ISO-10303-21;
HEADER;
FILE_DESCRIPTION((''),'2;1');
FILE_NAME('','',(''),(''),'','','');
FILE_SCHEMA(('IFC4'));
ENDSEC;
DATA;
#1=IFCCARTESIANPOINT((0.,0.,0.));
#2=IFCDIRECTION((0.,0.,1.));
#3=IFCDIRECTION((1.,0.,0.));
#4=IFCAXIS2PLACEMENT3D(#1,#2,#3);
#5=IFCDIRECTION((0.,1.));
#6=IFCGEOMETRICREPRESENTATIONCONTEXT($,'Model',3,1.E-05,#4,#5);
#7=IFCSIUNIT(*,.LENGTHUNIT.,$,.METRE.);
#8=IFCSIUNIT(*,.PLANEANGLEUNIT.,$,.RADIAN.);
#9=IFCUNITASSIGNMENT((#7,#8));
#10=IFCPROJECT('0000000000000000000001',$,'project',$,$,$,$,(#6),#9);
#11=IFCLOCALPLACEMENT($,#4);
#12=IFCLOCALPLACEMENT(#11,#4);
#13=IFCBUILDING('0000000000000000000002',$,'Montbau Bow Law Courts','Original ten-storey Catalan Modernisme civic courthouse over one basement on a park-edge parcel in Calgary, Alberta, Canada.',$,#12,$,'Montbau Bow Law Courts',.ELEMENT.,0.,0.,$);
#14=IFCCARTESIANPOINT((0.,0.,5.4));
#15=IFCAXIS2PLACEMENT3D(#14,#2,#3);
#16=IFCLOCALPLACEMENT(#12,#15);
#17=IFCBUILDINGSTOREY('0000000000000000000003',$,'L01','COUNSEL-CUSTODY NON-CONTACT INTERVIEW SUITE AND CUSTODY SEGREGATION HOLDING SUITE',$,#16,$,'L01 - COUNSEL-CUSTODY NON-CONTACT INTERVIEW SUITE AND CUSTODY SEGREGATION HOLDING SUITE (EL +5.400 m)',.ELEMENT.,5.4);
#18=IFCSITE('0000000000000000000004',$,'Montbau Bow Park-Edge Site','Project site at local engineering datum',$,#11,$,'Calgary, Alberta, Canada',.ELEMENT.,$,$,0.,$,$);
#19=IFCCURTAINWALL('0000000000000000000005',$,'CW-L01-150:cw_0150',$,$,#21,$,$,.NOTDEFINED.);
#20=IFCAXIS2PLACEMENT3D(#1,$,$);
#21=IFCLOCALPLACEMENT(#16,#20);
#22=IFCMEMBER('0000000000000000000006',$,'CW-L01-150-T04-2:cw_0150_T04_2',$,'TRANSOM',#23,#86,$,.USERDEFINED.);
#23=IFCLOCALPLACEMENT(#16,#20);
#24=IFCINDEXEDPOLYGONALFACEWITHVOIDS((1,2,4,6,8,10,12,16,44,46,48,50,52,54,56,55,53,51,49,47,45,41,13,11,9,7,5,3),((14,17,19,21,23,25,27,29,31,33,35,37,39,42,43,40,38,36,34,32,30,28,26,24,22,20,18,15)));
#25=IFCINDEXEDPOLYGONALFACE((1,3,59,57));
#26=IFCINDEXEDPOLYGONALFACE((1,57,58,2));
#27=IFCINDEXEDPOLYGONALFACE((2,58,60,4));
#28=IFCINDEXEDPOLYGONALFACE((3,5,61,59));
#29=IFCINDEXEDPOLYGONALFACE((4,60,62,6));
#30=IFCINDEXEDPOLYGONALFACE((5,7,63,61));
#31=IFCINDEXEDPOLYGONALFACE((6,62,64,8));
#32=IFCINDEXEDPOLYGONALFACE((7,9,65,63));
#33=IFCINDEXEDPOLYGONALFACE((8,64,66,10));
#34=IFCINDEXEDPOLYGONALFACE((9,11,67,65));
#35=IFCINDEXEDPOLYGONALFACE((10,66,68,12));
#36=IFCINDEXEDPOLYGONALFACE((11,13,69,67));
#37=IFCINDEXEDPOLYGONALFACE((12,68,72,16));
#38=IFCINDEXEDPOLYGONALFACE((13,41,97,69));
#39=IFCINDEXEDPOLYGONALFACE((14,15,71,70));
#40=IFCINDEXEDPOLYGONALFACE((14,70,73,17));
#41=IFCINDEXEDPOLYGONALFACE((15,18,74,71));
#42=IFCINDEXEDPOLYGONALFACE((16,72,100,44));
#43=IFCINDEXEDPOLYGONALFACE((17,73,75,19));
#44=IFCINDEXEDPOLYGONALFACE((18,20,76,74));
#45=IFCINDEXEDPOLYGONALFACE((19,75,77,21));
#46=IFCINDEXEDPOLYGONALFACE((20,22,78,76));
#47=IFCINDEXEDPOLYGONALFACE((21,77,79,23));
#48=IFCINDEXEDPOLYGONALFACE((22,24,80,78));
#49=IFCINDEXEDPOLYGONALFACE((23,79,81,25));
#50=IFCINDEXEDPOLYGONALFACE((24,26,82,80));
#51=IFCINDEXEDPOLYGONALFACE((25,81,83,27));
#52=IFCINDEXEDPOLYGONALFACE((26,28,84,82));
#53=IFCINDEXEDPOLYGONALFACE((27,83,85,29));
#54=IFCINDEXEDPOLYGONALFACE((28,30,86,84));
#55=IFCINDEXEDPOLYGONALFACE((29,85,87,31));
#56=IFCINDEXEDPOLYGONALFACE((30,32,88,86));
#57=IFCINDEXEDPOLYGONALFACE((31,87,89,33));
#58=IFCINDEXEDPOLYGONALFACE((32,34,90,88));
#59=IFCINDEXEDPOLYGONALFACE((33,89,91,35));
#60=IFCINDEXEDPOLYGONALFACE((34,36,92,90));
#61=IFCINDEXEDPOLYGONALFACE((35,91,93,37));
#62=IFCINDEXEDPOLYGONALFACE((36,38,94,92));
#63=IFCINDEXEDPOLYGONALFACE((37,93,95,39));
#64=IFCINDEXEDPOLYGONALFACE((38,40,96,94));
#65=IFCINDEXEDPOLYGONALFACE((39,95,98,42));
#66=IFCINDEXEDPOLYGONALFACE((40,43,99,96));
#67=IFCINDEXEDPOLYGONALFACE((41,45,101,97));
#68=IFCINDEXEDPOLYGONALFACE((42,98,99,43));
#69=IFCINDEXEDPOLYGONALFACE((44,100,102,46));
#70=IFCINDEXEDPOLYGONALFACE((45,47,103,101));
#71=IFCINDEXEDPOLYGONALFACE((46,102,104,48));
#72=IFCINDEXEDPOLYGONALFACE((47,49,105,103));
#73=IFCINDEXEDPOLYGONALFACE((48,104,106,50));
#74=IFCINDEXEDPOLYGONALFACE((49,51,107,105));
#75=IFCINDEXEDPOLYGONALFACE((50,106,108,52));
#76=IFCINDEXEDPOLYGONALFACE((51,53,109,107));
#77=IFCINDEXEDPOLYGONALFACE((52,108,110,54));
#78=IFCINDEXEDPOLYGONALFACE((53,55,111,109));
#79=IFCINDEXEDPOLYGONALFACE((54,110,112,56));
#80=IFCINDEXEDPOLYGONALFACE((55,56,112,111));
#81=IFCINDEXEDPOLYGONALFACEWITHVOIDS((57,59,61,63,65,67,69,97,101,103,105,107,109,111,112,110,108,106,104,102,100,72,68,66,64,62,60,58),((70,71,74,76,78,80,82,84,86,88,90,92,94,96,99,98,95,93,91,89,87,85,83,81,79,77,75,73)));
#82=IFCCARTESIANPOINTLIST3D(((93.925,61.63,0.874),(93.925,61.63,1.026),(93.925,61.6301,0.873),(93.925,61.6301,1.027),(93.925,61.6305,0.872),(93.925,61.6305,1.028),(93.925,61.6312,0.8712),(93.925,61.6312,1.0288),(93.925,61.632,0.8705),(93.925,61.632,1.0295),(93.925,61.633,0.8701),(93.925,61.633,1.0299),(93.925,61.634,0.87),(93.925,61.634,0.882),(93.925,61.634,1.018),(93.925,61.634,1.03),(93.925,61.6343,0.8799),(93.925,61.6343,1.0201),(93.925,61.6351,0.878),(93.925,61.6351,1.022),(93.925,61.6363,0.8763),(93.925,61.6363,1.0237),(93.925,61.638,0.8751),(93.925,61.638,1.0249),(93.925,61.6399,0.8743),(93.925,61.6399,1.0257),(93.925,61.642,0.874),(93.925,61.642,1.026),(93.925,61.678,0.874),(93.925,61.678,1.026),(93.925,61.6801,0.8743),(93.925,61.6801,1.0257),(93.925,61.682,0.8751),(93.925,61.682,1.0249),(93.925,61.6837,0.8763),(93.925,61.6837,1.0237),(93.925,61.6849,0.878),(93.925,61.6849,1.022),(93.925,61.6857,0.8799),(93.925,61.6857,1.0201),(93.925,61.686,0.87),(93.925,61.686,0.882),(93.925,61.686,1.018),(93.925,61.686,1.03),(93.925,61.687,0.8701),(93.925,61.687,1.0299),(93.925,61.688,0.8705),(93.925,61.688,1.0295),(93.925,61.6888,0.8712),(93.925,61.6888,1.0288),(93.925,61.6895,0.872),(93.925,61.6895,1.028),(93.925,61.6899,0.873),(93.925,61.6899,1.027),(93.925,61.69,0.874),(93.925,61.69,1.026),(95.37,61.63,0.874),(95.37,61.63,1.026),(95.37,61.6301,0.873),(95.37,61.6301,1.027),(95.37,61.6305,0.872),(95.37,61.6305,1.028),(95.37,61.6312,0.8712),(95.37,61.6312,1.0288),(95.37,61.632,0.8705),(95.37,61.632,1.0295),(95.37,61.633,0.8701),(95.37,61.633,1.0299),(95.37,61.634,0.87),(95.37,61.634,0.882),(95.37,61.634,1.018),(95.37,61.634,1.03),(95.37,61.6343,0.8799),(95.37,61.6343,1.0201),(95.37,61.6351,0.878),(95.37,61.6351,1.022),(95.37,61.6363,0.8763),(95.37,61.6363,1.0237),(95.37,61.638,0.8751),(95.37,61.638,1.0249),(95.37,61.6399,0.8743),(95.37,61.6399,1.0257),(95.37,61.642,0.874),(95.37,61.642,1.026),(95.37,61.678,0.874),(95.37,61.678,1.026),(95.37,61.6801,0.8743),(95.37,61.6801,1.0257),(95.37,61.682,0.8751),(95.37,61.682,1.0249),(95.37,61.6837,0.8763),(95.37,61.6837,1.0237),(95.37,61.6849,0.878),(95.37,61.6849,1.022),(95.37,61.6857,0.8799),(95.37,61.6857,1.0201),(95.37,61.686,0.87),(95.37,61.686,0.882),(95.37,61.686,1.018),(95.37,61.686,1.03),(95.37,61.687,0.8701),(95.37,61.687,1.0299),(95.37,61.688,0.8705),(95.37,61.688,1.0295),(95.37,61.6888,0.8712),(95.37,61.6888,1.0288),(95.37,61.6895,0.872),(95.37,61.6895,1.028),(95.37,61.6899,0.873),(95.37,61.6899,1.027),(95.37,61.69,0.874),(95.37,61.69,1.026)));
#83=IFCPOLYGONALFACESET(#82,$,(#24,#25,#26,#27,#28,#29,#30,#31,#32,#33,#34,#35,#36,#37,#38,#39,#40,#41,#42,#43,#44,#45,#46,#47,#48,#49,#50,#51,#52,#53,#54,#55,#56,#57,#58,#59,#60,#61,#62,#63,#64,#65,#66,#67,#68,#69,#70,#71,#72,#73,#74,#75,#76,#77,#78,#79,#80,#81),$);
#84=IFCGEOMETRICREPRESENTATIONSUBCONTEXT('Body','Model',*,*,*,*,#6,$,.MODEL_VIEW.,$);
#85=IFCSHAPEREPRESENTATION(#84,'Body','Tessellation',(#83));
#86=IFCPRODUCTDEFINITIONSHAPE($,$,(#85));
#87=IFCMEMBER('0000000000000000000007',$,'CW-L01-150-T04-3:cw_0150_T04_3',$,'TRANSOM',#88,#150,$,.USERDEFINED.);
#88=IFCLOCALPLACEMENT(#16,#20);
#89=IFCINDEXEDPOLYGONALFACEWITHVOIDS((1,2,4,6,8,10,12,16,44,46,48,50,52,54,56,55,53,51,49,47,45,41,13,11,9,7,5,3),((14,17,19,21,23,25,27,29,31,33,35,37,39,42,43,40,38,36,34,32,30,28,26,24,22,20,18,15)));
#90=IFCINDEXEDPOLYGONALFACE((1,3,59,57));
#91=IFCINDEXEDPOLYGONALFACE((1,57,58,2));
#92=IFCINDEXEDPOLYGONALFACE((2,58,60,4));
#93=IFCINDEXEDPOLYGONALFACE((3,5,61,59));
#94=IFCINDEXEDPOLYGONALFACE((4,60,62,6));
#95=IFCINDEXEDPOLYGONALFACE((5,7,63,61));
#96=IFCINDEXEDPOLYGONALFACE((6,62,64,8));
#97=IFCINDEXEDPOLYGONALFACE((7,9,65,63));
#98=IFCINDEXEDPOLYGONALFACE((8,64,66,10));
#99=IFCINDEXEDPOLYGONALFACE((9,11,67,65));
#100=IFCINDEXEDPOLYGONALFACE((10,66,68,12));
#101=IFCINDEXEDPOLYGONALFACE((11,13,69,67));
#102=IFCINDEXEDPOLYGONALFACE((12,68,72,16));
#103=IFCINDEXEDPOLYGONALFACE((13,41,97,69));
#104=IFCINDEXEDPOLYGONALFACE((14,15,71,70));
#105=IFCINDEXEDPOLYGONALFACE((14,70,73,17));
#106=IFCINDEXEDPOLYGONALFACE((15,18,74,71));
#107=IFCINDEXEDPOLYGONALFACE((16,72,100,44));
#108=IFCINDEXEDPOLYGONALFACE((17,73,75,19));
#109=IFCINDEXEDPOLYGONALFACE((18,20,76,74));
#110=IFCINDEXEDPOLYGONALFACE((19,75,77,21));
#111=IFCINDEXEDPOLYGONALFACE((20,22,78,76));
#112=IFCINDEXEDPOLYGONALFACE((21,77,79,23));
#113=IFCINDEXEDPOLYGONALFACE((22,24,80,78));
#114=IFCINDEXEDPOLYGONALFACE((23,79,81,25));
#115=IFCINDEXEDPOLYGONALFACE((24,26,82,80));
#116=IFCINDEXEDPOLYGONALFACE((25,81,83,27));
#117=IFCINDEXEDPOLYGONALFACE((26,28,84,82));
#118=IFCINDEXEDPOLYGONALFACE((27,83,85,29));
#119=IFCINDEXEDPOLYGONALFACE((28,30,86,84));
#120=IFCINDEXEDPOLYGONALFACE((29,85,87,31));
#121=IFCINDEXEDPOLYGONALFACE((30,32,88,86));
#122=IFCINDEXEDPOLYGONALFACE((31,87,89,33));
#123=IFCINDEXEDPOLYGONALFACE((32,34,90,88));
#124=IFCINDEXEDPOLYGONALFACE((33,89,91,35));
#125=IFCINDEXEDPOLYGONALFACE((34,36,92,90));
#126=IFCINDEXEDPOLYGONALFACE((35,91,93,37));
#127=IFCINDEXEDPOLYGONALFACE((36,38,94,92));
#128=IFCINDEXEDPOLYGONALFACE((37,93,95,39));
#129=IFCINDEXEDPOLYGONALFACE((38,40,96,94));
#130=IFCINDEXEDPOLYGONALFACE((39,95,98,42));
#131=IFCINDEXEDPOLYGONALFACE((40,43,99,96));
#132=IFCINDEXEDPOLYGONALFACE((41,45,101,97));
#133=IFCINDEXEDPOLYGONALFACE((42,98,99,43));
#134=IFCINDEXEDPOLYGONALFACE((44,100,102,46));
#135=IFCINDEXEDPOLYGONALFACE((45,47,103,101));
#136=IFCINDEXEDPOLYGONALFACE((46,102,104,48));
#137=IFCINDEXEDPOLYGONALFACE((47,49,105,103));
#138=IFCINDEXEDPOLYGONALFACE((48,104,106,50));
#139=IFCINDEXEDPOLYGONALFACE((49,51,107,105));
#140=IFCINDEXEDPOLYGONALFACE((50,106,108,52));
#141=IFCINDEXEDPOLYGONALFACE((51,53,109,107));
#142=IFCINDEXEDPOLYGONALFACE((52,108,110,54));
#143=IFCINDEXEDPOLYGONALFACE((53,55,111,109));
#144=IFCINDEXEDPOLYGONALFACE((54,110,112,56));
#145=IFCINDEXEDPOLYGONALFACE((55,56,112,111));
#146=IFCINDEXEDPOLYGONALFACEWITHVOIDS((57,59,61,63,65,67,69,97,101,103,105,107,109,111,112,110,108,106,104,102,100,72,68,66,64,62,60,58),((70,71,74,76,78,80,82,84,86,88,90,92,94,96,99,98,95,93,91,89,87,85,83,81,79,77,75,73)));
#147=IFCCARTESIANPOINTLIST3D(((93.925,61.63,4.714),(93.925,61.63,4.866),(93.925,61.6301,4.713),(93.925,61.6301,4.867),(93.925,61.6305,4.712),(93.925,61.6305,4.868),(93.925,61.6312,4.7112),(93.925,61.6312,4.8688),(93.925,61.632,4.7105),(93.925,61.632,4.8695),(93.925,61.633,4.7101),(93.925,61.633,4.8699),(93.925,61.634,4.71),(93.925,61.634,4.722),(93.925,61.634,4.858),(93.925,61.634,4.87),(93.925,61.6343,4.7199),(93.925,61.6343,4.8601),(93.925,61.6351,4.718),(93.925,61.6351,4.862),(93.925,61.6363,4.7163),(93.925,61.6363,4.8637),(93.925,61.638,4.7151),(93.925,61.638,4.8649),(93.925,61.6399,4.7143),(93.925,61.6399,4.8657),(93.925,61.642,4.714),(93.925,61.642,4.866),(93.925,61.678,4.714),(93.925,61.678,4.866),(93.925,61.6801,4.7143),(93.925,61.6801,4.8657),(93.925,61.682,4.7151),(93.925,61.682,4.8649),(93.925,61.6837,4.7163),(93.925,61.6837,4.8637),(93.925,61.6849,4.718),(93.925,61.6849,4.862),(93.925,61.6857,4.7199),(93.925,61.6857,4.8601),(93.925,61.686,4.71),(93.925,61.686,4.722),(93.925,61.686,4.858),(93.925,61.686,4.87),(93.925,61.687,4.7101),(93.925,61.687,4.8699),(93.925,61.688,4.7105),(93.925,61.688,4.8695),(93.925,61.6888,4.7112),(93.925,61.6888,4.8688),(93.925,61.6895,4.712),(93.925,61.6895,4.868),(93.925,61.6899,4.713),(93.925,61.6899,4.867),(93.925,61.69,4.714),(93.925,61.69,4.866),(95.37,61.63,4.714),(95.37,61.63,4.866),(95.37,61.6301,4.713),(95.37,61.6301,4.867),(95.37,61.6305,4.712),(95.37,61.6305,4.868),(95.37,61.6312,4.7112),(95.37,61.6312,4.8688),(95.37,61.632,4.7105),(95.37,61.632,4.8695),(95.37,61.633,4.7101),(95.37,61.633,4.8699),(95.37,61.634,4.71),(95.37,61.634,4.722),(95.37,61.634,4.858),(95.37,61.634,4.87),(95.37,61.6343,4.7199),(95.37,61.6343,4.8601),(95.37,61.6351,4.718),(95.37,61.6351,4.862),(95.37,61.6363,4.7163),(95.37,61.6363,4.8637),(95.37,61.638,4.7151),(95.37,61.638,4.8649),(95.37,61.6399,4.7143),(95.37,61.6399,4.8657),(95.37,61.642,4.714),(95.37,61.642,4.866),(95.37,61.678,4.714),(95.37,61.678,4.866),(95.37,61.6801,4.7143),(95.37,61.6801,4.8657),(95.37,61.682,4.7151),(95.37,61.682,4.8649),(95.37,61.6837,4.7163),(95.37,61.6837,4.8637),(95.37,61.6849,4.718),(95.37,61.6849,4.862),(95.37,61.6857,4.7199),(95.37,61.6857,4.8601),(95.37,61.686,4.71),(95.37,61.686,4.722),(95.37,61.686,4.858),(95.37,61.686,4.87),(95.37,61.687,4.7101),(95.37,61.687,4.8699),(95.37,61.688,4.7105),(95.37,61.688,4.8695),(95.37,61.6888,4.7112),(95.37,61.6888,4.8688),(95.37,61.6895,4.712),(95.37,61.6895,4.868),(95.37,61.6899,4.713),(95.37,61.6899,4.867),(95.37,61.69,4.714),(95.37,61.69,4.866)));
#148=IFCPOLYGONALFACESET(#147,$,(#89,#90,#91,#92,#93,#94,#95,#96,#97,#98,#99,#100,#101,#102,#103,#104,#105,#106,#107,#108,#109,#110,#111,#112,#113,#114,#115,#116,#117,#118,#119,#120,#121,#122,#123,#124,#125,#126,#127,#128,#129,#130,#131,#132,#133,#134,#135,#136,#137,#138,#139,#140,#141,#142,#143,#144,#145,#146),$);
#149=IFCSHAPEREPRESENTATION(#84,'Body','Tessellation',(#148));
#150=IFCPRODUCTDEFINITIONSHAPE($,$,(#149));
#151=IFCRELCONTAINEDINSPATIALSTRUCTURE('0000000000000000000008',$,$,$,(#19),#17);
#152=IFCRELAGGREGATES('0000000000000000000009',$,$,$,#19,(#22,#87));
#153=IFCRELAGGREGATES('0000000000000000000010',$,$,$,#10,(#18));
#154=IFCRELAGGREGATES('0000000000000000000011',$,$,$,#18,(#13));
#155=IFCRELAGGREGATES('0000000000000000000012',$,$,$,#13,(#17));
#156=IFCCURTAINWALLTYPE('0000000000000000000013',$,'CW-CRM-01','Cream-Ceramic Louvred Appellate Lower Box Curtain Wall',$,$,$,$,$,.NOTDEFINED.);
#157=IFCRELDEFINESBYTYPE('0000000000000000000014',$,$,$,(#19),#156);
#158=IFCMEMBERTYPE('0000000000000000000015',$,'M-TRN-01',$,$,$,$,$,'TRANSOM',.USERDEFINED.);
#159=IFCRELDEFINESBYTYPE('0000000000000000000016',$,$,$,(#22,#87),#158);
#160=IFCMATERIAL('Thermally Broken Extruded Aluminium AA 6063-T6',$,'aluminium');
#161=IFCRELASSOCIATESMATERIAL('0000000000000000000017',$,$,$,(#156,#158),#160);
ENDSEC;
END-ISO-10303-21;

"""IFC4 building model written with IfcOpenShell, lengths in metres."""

from ifc_helpers import new_model, si_unit, direction, frame, origin_with_axes, origin_2d_with_axis, place, context, subcontext, project, spatial, hollow_rectangle, extrude, material, material_profile, profile_set, type_object, element, aggregate, save


model = new_model("IFC4")

# Units and contexts
model_context = context("Model", 3, precision=1e-05, world=origin_with_axes(), true_north=direction((0.0, 1.0)))
body_context = subcontext(model_context, "Body", "Model", "MODEL_VIEW")
ifc_project = project(units=[si_unit("LENGTHUNIT", "METRE"), si_unit("PLANEANGLEUNIT", "RADIAN")], contexts=[model_context])

# Site, building, storey
site_placement = place(None, origin_with_axes())
site = spatial("IfcSite", under=ifc_project, at=site_placement, Name="Montbau Bow Park-Edge Site", Description="Project site at local engineering datum", LongName="Calgary, Alberta, Canada", CompositionType="ELEMENT", RefElevation=0.0)
building_placement = place(site_placement, origin_with_axes())
building = spatial("IfcBuilding", under=site, at=building_placement, Name="Montbau Bow Law Courts", Description="Original ten-storey Catalan Modernisme civic courthouse over one basement on a park-edge parcel in Calgary, Alberta, Canada.", LongName="Montbau Bow Law Courts", CompositionType="ELEMENT", ElevationOfRefHeight=0.0, ElevationOfTerrain=0.0)
storey_placement = place(building_placement, frame((0.0, 0.0, 5.4), z_axis=(0.0, 0.0, 1.0), x_axis=(1.0, 0.0, 0.0)))
storey = spatial("IfcBuildingStorey", under=building, at=storey_placement, Name="L01", Description="COUNSEL-CUSTODY NON-CONTACT INTERVIEW SUITE AND CUSTODY SEGREGATION HOLDING SUITE", LongName="L01 - COUNSEL-CUSTODY NON-CONTACT INTERVIEW SUITE AND CUSTODY SEGREGATION HOLDING SUITE (EL +5.400 m)", CompositionType="ELEMENT", Elevation=5.4)

# Curtain wall, members
ifc_material_1 = material(Name="Thermally Broken Extruded Aluminium AA 6063-T6", Category="aluminium")
curtain_wall_type = type_object("IfcCurtainWallType", Name="CW-CRM-01", Description="Cream-Ceramic Louvred Appellate Lower Box Curtain Wall", PredefinedType="NOTDEFINED", material=ifc_material_1)
curtain_wall_placement = place(None, frame((89.315, 61.66, 5.4), z_axis=(0.0, 0.0, 1.0), x_axis=(1.0, 0.0, 0.0)))
curtain_wall = element("IfcCurtainWall", 1, at=curtain_wall_placement, inside=storey, type_object=curtain_wall_type, Name="CW-L01-150:cw_0150", PredefinedType="NOTDEFINED")
ifc_material_profile_1 = material_profile(ifc_material_1, hollow_rectangle(XDim=0.06, YDim=0.16, WallThickness=0.004, InnerFilletRadius=0.008, OuterFilletRadius=0.004, at=origin_2d_with_axis()), Name="CWT-160X60", Category="Main", Priority=0)
ifc_profile_set_1 = profile_set([ifc_material_profile_1], Name="Thermally Broken Extruded Aluminium AA 6063-T6")
member_type_1 = type_object("IfcMemberType", Name="M-TRN-01", ElementType="TRANSOM", PredefinedType="USERDEFINED", material=ifc_profile_set_1)
member_1_placement = place(None, frame((93.925, 61.66, 6.35), z_axis=(1.0, 0.0, 0.0), x_axis=(0.0, 1.0, 0.0)))
member_1 = element("IfcMember", 2, at=member_1_placement, type_object=member_type_1, Name="CW-L01-150-T04-2:cw_0150_T04_2", ObjectType="TRANSOM", PredefinedType="USERDEFINED", context=body_context, shape_type="SweptSolid", body=[
    extrude(hollow_rectangle(XDim=0.06, YDim=0.16, WallThickness=0.004, InnerFilletRadius=0.008, OuterFilletRadius=0.004, at=origin_2d_with_axis()), origin_with_axes(), (0.0, 0.0, 1.0), 1.445),
])
member_2_placement = place(None, frame((93.925, 61.66, 10.19), z_axis=(1.0, 0.0, 0.0), x_axis=(0.0, 1.0, 0.0)))
member_2 = element("IfcMember", 3, at=member_2_placement, type_object=member_type_1, Name="CW-L01-150-T04-3:cw_0150_T04_3", ObjectType="TRANSOM", PredefinedType="USERDEFINED", context=body_context, shape_type="SweptSolid", body=[
    extrude(hollow_rectangle(XDim=0.06, YDim=0.16, WallThickness=0.004, InnerFilletRadius=0.008, OuterFilletRadius=0.004, at=origin_2d_with_axis()), origin_with_axes(), (0.0, 0.0, 1.0), 1.445),
])
aggregate(curtain_wall, [member_1, member_2])

save(model, "model.ifc")
